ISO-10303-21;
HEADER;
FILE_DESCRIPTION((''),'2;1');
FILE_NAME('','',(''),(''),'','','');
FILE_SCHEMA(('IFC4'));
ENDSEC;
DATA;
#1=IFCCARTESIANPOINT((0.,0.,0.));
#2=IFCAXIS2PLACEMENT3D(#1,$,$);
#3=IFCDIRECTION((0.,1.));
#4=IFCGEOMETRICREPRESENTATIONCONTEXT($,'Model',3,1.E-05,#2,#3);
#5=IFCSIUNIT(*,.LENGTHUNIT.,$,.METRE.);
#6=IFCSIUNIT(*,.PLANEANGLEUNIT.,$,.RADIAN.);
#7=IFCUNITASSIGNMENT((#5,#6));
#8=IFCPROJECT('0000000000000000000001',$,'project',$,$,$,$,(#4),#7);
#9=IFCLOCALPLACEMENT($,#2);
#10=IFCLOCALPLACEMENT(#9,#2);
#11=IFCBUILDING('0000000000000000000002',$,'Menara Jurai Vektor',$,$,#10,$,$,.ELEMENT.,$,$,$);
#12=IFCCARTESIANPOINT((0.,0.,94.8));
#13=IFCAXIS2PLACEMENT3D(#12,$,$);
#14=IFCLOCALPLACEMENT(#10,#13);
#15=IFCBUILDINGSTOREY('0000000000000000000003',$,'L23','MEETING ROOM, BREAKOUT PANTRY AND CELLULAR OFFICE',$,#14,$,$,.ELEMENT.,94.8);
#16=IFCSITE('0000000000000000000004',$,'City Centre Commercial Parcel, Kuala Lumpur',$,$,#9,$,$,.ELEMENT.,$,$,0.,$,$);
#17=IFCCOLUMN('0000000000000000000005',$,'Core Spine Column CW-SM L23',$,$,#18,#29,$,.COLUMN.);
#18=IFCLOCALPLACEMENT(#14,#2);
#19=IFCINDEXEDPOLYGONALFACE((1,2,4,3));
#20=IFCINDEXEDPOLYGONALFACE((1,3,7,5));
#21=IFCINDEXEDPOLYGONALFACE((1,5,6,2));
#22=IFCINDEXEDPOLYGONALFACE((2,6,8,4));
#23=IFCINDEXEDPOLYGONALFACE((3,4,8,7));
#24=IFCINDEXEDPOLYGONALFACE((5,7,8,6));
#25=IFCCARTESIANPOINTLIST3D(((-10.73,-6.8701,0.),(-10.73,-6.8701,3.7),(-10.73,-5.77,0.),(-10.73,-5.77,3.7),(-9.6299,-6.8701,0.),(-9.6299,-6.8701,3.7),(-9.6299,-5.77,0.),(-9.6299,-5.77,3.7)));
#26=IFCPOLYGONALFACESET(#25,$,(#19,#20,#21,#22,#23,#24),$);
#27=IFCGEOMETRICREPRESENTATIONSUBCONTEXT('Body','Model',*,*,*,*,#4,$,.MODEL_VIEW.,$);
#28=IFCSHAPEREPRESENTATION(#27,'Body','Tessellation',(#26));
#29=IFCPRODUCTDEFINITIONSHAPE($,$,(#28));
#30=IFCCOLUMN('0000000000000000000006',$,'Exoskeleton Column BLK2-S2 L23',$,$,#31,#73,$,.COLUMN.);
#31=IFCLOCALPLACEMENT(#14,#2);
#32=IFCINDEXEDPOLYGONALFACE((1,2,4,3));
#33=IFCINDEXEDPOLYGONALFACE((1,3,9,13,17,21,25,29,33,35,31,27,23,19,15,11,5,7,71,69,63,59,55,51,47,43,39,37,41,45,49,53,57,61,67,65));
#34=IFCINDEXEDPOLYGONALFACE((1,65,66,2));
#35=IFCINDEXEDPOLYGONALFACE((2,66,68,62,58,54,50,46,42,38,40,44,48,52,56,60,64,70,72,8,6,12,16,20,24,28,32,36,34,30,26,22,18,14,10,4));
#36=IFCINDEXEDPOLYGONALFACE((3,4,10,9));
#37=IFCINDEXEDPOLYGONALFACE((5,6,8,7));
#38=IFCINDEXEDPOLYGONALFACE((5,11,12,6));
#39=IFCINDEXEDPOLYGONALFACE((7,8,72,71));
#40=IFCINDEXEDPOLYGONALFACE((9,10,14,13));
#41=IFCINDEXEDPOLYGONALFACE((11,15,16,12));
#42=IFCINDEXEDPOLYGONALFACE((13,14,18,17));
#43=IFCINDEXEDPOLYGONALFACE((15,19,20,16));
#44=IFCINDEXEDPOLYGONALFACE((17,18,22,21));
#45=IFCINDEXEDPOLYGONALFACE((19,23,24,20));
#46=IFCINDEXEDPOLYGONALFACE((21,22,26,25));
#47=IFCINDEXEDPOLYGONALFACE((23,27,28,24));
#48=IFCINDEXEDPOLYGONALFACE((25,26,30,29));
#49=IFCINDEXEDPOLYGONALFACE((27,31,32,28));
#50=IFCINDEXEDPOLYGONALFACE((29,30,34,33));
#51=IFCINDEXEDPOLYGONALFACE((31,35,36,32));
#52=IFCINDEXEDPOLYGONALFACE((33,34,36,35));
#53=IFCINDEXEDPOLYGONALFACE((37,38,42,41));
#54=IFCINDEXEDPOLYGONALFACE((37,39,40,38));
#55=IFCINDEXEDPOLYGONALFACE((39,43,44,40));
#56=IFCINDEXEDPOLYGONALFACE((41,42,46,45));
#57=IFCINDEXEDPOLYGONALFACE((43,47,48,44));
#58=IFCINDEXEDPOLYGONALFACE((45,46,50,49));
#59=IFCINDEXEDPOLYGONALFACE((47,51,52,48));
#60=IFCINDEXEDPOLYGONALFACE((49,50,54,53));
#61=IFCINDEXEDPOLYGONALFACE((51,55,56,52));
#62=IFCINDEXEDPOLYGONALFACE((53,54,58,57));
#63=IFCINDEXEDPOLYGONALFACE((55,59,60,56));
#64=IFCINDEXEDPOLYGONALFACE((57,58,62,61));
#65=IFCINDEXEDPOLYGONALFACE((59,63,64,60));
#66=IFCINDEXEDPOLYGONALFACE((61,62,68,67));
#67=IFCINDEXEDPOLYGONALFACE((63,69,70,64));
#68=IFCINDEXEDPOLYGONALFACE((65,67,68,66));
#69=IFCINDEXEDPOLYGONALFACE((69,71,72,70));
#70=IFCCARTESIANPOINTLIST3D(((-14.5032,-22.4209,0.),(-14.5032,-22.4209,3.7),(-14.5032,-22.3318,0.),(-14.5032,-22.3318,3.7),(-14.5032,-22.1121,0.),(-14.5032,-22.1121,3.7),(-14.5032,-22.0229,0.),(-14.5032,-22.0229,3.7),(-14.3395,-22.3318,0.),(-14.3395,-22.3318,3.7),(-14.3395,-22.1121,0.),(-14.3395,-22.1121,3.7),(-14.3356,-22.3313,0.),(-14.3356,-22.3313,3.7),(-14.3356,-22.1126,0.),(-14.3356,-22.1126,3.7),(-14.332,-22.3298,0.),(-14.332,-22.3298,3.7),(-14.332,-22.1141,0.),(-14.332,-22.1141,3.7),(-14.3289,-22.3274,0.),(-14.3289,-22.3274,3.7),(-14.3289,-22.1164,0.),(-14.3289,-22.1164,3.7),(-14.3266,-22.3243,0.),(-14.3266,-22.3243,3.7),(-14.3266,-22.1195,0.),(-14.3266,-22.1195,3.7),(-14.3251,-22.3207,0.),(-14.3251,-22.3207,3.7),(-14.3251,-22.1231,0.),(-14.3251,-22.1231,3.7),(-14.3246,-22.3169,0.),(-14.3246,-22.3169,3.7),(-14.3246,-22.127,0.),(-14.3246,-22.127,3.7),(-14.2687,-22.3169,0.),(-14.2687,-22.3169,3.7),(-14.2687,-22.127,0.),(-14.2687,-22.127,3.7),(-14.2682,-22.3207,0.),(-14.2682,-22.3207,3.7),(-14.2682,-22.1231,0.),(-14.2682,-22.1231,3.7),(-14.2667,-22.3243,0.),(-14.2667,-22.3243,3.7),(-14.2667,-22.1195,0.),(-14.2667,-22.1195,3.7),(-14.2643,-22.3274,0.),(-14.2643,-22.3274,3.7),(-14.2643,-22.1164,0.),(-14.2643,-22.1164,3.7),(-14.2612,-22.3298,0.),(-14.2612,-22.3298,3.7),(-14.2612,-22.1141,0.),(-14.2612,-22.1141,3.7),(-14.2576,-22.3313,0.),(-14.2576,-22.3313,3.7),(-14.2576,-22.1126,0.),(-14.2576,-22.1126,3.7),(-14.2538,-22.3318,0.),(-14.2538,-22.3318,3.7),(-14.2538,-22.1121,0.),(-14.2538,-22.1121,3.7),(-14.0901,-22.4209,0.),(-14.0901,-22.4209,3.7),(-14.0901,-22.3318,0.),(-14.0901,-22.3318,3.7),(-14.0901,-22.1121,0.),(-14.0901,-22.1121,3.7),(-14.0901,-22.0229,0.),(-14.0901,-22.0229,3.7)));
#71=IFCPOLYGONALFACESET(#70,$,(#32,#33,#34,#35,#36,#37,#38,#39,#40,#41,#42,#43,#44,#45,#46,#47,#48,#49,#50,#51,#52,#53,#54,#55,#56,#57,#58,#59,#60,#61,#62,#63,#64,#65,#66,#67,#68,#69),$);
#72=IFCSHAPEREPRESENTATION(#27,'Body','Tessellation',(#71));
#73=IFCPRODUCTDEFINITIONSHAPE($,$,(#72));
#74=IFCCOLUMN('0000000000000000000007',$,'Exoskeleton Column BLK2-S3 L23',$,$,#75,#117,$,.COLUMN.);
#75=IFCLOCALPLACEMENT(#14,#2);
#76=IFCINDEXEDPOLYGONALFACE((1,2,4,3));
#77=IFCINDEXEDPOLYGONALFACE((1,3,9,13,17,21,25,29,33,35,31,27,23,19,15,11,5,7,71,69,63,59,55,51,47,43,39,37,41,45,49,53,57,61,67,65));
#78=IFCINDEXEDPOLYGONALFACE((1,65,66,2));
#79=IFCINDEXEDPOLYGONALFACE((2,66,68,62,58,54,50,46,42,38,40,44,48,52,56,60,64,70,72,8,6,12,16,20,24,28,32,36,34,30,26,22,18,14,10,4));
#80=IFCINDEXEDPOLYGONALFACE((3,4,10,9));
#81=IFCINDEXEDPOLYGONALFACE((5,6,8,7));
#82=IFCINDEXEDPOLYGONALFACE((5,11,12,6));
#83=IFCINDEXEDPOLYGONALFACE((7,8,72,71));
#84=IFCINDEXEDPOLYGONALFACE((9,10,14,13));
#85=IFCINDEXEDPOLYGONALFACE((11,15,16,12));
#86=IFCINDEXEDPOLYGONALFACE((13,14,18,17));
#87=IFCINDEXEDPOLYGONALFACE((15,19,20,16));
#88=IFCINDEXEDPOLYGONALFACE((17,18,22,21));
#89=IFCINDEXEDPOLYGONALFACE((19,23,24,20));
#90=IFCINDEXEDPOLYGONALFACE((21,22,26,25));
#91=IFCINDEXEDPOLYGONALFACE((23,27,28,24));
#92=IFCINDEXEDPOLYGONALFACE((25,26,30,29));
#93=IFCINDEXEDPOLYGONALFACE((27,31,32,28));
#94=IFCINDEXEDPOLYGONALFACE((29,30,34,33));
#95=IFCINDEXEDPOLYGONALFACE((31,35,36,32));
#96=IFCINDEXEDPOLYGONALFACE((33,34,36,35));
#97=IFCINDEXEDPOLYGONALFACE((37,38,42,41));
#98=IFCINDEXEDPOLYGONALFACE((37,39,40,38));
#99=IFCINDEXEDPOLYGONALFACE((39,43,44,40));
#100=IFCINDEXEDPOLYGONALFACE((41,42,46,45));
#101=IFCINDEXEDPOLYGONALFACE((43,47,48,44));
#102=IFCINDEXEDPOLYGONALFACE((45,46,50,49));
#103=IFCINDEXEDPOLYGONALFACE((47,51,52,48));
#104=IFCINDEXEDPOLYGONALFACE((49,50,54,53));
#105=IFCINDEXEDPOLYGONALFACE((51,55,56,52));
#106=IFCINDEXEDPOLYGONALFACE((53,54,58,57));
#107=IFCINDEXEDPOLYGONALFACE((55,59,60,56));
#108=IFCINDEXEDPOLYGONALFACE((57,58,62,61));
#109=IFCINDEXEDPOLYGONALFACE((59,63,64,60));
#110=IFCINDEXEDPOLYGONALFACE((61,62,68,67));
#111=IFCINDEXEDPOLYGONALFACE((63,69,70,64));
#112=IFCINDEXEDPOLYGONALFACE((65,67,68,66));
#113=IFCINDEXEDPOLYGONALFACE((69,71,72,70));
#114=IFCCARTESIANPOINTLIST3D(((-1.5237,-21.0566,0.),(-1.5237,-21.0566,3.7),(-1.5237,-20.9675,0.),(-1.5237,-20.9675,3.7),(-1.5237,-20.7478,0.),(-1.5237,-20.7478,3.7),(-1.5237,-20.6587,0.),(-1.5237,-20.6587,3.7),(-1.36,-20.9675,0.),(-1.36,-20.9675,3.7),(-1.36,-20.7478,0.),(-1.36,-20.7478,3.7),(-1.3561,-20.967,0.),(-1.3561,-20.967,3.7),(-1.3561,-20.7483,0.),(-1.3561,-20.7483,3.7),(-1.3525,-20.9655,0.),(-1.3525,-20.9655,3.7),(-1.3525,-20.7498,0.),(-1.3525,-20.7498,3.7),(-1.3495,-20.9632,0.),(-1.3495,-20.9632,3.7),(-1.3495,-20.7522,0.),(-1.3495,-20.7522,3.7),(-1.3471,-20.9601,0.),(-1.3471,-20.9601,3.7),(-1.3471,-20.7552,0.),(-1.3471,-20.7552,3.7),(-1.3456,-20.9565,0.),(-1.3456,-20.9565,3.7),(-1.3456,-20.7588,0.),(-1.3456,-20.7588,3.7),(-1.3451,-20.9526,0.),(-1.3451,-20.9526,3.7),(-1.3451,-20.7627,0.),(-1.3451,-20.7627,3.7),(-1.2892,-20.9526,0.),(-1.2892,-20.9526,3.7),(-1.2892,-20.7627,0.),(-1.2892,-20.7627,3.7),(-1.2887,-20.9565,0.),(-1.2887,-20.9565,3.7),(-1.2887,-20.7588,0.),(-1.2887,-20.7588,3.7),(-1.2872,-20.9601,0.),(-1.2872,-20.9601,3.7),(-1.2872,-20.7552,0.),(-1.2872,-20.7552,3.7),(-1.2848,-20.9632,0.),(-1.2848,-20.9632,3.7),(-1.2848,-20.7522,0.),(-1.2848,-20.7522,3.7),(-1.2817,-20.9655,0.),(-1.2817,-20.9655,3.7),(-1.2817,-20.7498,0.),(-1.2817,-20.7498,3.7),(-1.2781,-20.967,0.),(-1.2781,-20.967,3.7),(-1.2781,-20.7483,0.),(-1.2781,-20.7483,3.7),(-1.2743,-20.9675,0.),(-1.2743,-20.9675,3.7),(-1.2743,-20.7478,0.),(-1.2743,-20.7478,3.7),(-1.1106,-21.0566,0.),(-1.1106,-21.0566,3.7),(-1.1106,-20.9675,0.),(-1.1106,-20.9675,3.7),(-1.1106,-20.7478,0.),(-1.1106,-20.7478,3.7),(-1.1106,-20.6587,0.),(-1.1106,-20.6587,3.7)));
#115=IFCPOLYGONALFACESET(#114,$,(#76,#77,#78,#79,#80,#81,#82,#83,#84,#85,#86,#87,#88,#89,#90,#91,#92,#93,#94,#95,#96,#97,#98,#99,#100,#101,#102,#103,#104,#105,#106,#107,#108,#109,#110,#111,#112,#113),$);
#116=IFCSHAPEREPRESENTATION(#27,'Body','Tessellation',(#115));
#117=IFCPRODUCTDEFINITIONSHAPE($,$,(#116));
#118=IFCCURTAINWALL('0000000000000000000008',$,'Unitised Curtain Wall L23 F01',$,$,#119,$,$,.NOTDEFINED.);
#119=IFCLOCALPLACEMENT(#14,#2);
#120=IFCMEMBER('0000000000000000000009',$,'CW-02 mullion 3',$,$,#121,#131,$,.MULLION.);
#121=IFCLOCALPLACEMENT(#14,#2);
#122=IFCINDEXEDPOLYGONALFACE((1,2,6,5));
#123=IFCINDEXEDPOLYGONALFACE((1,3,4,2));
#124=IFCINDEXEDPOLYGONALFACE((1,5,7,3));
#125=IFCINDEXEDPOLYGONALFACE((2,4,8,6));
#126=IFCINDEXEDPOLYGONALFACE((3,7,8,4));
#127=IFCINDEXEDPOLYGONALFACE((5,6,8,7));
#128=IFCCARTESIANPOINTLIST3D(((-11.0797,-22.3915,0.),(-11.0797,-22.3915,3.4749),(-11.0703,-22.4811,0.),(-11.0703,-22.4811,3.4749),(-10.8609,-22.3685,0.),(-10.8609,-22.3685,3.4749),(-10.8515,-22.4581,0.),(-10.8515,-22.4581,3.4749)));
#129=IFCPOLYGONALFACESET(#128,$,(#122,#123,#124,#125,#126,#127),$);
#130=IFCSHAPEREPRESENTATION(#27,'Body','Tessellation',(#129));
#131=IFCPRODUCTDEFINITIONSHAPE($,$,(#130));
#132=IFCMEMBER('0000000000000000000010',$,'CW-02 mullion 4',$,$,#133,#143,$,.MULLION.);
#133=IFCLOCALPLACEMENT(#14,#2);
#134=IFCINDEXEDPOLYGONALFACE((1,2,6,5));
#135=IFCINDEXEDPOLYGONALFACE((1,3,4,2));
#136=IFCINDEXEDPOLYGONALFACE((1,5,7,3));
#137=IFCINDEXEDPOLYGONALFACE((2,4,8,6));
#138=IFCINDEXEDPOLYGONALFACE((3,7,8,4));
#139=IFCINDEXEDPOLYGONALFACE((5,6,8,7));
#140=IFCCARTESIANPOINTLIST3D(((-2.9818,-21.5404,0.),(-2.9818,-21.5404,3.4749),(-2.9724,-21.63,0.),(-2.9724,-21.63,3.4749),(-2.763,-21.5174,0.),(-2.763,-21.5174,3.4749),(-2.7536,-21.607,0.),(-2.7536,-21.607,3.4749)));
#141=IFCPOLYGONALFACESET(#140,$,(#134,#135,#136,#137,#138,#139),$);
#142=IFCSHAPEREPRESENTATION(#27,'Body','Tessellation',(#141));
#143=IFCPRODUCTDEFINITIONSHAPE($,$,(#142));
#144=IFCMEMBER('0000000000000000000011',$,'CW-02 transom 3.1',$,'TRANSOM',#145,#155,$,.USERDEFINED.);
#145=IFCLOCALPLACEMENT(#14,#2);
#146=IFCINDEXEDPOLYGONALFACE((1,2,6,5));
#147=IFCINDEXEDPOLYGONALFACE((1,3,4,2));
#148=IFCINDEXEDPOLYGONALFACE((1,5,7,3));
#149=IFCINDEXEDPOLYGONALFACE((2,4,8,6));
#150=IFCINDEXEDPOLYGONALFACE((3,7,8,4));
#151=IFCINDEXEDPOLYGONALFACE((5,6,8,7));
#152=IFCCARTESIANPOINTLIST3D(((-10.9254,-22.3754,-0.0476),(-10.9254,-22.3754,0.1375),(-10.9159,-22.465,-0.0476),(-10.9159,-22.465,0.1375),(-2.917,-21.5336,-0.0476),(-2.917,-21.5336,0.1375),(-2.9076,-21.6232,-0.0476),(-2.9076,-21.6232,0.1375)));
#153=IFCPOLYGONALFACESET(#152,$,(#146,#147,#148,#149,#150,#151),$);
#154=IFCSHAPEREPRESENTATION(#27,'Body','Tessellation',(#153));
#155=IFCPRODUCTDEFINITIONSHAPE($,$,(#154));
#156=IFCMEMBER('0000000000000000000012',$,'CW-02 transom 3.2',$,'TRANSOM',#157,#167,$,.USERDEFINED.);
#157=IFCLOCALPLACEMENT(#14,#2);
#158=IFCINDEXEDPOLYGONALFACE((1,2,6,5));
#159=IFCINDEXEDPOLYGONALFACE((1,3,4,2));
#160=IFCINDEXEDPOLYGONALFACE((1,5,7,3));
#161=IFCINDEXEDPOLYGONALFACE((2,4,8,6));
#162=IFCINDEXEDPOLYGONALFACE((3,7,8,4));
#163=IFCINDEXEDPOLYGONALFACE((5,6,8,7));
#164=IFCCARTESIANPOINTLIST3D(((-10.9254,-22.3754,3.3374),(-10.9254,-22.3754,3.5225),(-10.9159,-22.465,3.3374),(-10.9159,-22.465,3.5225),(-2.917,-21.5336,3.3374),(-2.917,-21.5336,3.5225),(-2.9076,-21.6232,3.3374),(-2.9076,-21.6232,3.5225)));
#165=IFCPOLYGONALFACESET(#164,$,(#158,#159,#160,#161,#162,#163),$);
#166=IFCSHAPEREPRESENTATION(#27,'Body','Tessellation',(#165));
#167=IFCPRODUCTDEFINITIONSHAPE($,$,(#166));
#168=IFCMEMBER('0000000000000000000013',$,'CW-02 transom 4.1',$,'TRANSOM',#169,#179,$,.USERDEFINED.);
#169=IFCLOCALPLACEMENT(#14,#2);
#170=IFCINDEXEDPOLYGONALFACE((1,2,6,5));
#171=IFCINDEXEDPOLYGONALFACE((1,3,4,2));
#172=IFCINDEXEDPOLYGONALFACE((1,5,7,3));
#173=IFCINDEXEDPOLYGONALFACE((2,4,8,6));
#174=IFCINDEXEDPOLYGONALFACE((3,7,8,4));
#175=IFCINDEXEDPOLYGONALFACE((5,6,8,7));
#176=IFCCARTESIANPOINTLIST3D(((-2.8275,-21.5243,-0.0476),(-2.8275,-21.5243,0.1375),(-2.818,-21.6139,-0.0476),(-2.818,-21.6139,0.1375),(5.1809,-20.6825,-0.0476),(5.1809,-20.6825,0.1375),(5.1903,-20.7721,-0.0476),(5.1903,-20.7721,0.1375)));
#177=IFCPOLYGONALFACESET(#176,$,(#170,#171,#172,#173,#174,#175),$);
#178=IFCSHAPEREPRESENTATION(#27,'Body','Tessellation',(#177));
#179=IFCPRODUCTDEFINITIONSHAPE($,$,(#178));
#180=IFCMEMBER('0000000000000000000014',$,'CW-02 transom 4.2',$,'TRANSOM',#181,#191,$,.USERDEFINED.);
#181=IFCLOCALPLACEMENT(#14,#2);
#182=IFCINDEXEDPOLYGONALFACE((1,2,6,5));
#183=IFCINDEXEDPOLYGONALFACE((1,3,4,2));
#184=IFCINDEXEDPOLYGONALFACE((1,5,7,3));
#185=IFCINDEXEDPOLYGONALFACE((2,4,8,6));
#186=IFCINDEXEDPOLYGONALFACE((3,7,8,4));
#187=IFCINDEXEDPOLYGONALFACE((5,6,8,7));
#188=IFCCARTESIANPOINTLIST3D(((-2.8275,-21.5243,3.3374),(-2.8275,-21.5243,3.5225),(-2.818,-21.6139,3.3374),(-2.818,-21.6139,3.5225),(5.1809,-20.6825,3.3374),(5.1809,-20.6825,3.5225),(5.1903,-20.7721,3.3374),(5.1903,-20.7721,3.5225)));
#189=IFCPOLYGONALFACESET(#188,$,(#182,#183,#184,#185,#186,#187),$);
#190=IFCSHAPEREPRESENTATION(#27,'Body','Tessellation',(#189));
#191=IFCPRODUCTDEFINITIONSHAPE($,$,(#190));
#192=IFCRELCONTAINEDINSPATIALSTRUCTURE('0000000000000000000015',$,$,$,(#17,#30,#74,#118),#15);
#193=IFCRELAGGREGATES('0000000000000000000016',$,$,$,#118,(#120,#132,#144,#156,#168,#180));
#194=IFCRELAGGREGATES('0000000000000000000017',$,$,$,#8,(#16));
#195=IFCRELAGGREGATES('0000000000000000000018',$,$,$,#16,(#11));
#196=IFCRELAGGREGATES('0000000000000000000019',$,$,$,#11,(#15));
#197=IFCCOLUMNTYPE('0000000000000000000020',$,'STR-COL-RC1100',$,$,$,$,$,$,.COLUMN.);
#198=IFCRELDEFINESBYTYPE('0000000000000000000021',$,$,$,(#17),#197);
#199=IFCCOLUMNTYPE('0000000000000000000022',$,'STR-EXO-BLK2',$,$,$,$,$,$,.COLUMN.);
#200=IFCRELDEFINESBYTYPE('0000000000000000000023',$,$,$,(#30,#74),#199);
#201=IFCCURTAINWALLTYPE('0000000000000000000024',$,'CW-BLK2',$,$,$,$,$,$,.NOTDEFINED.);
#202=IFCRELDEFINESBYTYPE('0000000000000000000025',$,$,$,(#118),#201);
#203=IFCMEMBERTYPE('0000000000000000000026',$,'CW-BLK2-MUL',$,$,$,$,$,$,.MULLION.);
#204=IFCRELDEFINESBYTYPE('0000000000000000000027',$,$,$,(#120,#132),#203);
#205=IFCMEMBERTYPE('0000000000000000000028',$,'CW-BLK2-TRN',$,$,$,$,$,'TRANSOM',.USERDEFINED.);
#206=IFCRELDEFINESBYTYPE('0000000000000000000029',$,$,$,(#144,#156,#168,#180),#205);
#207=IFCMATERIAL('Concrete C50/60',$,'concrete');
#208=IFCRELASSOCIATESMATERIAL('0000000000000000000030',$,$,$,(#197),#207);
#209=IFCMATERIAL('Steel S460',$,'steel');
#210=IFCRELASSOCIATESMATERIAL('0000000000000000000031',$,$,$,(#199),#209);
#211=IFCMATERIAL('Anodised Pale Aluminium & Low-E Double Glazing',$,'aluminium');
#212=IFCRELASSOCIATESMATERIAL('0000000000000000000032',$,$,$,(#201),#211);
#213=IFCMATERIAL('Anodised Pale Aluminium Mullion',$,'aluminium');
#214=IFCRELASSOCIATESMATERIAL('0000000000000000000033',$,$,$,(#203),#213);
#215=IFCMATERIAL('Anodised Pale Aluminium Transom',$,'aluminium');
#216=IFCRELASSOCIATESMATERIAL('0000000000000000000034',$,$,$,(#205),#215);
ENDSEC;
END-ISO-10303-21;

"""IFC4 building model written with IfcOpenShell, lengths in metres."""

from ifc_helpers import new_model, si_unit, direction, frame, origin, origin_2d, place, context, subcontext, project, spatial, rectangle, i_section, extrude, material, material_profile, profile_set, type_object, element, aggregate, save


model = new_model("IFC4")

# Units and contexts
model_context = context("Model", 3, precision=1e-05, world=origin(), true_north=direction((0.0, 1.0)))
body_context = subcontext(model_context, "Body", "Model", "MODEL_VIEW")
ifc_project = project(units=[si_unit("LENGTHUNIT", "METRE"), si_unit("PLANEANGLEUNIT", "RADIAN")], contexts=[model_context])

# Site, building, storey
site_placement = place(None, origin())
site = spatial("IfcSite", under=ifc_project, at=site_placement, Name="City Centre Commercial Parcel, Kuala Lumpur", CompositionType="ELEMENT", RefElevation=0.0)
building_placement = place(site_placement, origin())
building = spatial("IfcBuilding", under=site, at=building_placement, Name="Menara Jurai Vektor", CompositionType="ELEMENT")
storey_placement = place(building_placement, frame((0.0, 0.0, 94.8)))
storey = spatial("IfcBuildingStorey", under=building, at=storey_placement, Name="L23", Description="MEETING ROOM, BREAKOUT PANTRY AND CELLULAR OFFICE", CompositionType="ELEMENT", Elevation=94.8)

# Columns
ifc_material_1 = material(Name="Concrete C50/60", Category="concrete")
ifc_material_profile_1 = material_profile(ifc_material_1, rectangle(XDim=1.1001, YDim=1.1001, at=origin_2d()), Name="RC 1100x1100")
ifc_profile_set_1 = profile_set([ifc_material_profile_1], Name="Concrete C50/60")
column_type_1 = type_object("IfcColumnType", Name="STR-COL-RC1100", PredefinedType="COLUMN", material=ifc_profile_set_1)
column_placement = place(storey_placement, frame((-10.1799, -6.3201, 0.0), z_axis=(0.0, 0.0, 1.0), x_axis=(1.0, 0.0, 0.0)))
element("IfcColumn", 1, at=column_placement, inside=storey, type_object=column_type_1, Name="Core Spine Column CW-SM L23", PredefinedType="COLUMN", context=body_context, shape_type="SweptSolid", body=[
    extrude(rectangle(XDim=1.1001, YDim=1.1001, at=origin_2d()), origin(), (0.0, 0.0, 1.0), 3.7),
])
ifc_material_2 = material(Name="Steel S460", Category="steel")
ifc_material_profile_2 = material_profile(ifc_material_2, i_section(OverallWidth=0.4131, OverallDepth=0.3979, WebThickness=0.0559, FlangeThickness=0.0891, FilletRadius=0.0149, at=origin_2d()), Name="HD 400x744")
ifc_profile_set_2 = profile_set([ifc_material_profile_2], Name="Steel S460")
column_type_2 = type_object("IfcColumnType", Name="STR-EXO-BLK2", PredefinedType="COLUMN", material=ifc_profile_set_2)
for number, where, z_axis, x_axis, name in (
    (2, (-14.2966, -22.2219, 0.0), (0.0, 0.0, 1.0), (1.0, 0.0, 0.0), "Exoskeleton Column BLK2-S2 L23"),
    (3, (-1.3171, -20.8577, 0.0), (0.0, 0.0, 1.0), (1.0, 0.0, 0.0), "Exoskeleton Column BLK2-S3 L23"),
):
    element("IfcColumn", number, at=place(storey_placement, frame(where, z_axis=z_axis, x_axis=x_axis)), inside=storey, type_object=column_type_2, Name=name, PredefinedType="COLUMN", context=body_context, shape_type="SweptSolid", body=[
        extrude(i_section(OverallWidth=0.4131, OverallDepth=0.3979, WebThickness=0.0559, FlangeThickness=0.0891, FilletRadius=0.0149, at=origin_2d()), origin(), (0.0, 0.0, 1.0), 3.7),
    ])

# Curtain wall, members
ifc_material_3 = material(Name="Anodised Pale Aluminium & Low-E Double Glazing", Category="aluminium")
curtain_wall_type = type_object("IfcCurtainWallType", Name="CW-BLK2", PredefinedType="NOTDEFINED", material=ifc_material_3)
curtain_wall_placement = place(storey_placement, origin())
curtain_wall = element("IfcCurtainWall", 4, at=curtain_wall_placement, inside=storey, type_object=curtain_wall_type, Name="Unitised Curtain Wall L23 F01", PredefinedType="NOTDEFINED")
ifc_material_4 = material(Name="Anodised Pale Aluminium Mullion", Category="aluminium")
ifc_material_profile_3 = material_profile(ifc_material_4, rectangle(XDim=0.0901, YDim=0.22, at=origin_2d()), Name="ALU MUL 90x220")
ifc_profile_set_3 = profile_set([ifc_material_profile_3], Name="Anodised Pale Aluminium Mullion")
member_type_1 = type_object("IfcMemberType", Name="CW-BLK2-MUL", PredefinedType="MULLION", material=ifc_profile_set_3)
member_1_placement = place(storey_placement, frame((-10.9656, -22.4248, 0.0), z_axis=(0.0, 0.0, 1.0), x_axis=(-0.104529, 0.994522, 0.0)))
member_1 = element("IfcMember", 5, at=member_1_placement, type_object=member_type_1, Name="CW-02 mullion 3", PredefinedType="MULLION", context=body_context, shape_type="SweptSolid", body=[
    extrude(rectangle(XDim=0.0901, YDim=0.22, at=origin_2d()), origin(), (0.0, 0.0, 1.0), 3.4749),
])
member_2_placement = place(storey_placement, frame((-2.8677, -21.5737, 0.0), z_axis=(0.0, 0.0, 1.0), x_axis=(-0.104529, 0.994522, 0.0)))
member_2 = element("IfcMember", 6, at=member_2_placement, type_object=member_type_1, Name="CW-02 mullion 4", PredefinedType="MULLION", context=body_context, shape_type="SweptSolid", body=[
    extrude(rectangle(XDim=0.0901, YDim=0.22, at=origin_2d()), origin(), (0.0, 0.0, 1.0), 3.4749),
])
ifc_material_5 = material(Name="Anodised Pale Aluminium Transom", Category="aluminium")
ifc_material_profile_4 = material_profile(ifc_material_5, rectangle(XDim=0.0901, YDim=0.1851, at=origin_2d()), Name="ALU TRN 90x185")
ifc_profile_set_4 = profile_set([ifc_material_profile_4], Name="Anodised Pale Aluminium Transom")
member_type_2 = type_object("IfcMemberType", Name="CW-BLK2-TRN", ElementType="TRANSOM", PredefinedType="USERDEFINED", material=ifc_profile_set_4)
member_3_placement = place(storey_placement, frame((-10.9207, -22.4202, 0.0449), z_axis=(0.994521, 0.10454, 0.0), x_axis=(-0.10454, 0.994521, 0.0)))
member_3 = element("IfcMember", 7, at=member_3_placement, type_object=member_type_2, Name="CW-02 transom 3.1", ObjectType="TRANSOM", PredefinedType="USERDEFINED", context=body_context, shape_type="SweptSolid", body=[
    extrude(rectangle(XDim=0.0901, YDim=0.1851, at=origin_2d()), origin(), (0.0, 0.0, 1.0), 8.0525),
])
member_4_placement = place(storey_placement, frame((-10.9207, -22.4202, 3.4299), z_axis=(0.994521, 0.10454, 0.0), x_axis=(-0.10454, 0.994521, 0.0)))
member_4 = element("IfcMember", 8, at=member_4_placement, type_object=member_type_2, Name="CW-02 transom 3.2", ObjectType="TRANSOM", PredefinedType="USERDEFINED", context=body_context, shape_type="SweptSolid", body=[
    extrude(rectangle(XDim=0.0901, YDim=0.1851, at=origin_2d()), origin(), (0.0, 0.0, 1.0), 8.0525),
])
member_5_placement = place(storey_placement, frame((-2.8228, -21.5691, 0.0449), z_axis=(0.994521, 0.10454, 0.0), x_axis=(-0.10454, 0.994521, 0.0)))
member_5 = element("IfcMember", 9, at=member_5_placement, type_object=member_type_2, Name="CW-02 transom 4.1", ObjectType="TRANSOM", PredefinedType="USERDEFINED", context=body_context, shape_type="SweptSolid", body=[
    extrude(rectangle(XDim=0.0901, YDim=0.1851, at=origin_2d()), origin(), (0.0, 0.0, 1.0), 8.0525),
])
member_6_placement = place(storey_placement, frame((-2.8228, -21.5691, 3.4299), z_axis=(0.994521, 0.10454, 0.0), x_axis=(-0.10454, 0.994521, 0.0)))
member_6 = element("IfcMember", 10, at=member_6_placement, type_object=member_type_2, Name="CW-02 transom 4.2", ObjectType="TRANSOM", PredefinedType="USERDEFINED", context=body_context, shape_type="SweptSolid", body=[
    extrude(rectangle(XDim=0.0901, YDim=0.1851, at=origin_2d()), origin(), (0.0, 0.0, 1.0), 8.0525),
])

aggregate(curtain_wall, [member_1, member_2, member_3, member_4, member_5, member_6])

save(model, "model.ifc")
